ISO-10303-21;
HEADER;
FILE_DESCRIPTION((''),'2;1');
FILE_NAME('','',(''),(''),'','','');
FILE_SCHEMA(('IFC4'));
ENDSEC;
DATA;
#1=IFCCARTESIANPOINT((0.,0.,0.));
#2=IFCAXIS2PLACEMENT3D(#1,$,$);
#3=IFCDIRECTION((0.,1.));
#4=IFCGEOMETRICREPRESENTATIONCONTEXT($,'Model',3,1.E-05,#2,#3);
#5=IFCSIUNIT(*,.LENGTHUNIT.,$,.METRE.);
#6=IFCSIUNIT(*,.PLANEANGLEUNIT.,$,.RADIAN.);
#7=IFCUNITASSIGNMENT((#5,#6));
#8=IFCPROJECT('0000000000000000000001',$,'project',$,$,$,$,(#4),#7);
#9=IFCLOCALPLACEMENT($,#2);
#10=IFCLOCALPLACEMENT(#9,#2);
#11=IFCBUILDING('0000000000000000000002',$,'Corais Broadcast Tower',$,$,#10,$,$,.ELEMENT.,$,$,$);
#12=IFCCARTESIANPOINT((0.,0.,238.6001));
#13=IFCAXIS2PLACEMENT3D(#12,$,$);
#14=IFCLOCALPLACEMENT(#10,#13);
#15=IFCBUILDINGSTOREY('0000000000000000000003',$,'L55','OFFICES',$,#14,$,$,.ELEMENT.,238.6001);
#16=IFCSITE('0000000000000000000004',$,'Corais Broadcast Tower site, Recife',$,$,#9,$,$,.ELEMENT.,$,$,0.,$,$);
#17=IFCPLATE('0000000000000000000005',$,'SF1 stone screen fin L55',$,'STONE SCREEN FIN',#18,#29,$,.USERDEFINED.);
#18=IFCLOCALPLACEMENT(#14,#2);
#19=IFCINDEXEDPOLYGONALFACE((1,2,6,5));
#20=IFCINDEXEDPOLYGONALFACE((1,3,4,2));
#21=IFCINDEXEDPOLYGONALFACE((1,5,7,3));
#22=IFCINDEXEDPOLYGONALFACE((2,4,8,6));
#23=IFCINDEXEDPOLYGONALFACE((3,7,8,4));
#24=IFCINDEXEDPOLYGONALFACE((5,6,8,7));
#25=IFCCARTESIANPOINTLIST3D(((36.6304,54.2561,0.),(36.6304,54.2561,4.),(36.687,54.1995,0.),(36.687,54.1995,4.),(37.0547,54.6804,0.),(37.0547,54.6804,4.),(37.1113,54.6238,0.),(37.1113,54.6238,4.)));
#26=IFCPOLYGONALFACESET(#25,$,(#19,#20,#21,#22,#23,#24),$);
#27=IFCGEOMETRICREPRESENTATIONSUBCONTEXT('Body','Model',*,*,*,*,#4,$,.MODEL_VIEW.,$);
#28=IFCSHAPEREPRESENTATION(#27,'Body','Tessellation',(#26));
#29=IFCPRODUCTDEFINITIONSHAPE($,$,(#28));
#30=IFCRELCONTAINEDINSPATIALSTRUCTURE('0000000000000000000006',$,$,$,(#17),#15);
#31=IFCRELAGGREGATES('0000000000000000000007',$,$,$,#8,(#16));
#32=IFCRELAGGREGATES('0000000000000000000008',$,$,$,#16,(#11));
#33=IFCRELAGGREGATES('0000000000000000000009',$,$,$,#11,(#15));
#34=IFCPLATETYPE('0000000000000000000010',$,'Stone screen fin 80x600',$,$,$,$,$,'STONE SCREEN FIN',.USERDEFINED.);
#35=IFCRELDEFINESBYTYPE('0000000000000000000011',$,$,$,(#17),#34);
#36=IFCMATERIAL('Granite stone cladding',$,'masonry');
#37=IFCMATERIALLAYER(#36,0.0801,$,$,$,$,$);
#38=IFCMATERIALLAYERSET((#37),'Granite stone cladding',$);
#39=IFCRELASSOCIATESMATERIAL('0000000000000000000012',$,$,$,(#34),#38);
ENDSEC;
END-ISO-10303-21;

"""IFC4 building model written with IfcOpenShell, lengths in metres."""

from ifc_helpers import new_model, si_unit, direction, frame, origin, origin_2d, place, context, subcontext, project, spatial, rectangle, extrude, material, layer, layer_set, type_object, element, save


model = new_model("IFC4")

# Units and contexts
model_context = context("Model", 3, precision=1e-05, world=origin(), true_north=direction((0.0, 1.0)))
body_context = subcontext(model_context, "Body", "Model", "MODEL_VIEW")
ifc_project = project(units=[si_unit("LENGTHUNIT", "METRE"), si_unit("PLANEANGLEUNIT", "RADIAN")], contexts=[model_context])

# Site, building, storey
site_placement = place(None, origin())
site = spatial("IfcSite", under=ifc_project, at=site_placement, Name="Corais Broadcast Tower site, Recife", CompositionType="ELEMENT", RefElevation=0.0)
building_placement = place(site_placement, origin())
building = spatial("IfcBuilding", under=site, at=building_placement, Name="Corais Broadcast Tower", CompositionType="ELEMENT")
storey_placement = place(building_placement, frame((0.0, 0.0, 238.6001)))
storey = spatial("IfcBuildingStorey", under=building, at=storey_placement, Name="L55", Description="OFFICES", CompositionType="ELEMENT", Elevation=238.6001)

# Plate
ifc_material_1 = material(Name="Granite stone cladding", Category="masonry")
ifc_layer_1 = layer(ifc_material_1, 0.0801)
ifc_layer_set_1 = layer_set([ifc_layer_1], Name="Granite stone cladding")
plate_type_1 = type_object("IfcPlateType", Name="Stone screen fin 80x600", ElementType="STONE SCREEN FIN", PredefinedType="USERDEFINED", material=ifc_layer_set_1)
plate_1_placement = place(storey_placement, frame((36.8708, 54.4399, 0.0), z_axis=(0.0, 0.0, 1.0), x_axis=(0.707107, -0.707107, 0.0)))
element("IfcPlate", 1, at=plate_1_placement, inside=storey, type_object=plate_type_1, Name="SF1 stone screen fin L55", ObjectType="STONE SCREEN FIN", PredefinedType="USERDEFINED", context=body_context, shape_type="SweptSolid", body=[
    extrude(rectangle(XDim=0.0801, YDim=0.6001, at=origin_2d()), origin(), (0.0, 0.0, 1.0), 4.0),
])

save(model, "model.ifc")
